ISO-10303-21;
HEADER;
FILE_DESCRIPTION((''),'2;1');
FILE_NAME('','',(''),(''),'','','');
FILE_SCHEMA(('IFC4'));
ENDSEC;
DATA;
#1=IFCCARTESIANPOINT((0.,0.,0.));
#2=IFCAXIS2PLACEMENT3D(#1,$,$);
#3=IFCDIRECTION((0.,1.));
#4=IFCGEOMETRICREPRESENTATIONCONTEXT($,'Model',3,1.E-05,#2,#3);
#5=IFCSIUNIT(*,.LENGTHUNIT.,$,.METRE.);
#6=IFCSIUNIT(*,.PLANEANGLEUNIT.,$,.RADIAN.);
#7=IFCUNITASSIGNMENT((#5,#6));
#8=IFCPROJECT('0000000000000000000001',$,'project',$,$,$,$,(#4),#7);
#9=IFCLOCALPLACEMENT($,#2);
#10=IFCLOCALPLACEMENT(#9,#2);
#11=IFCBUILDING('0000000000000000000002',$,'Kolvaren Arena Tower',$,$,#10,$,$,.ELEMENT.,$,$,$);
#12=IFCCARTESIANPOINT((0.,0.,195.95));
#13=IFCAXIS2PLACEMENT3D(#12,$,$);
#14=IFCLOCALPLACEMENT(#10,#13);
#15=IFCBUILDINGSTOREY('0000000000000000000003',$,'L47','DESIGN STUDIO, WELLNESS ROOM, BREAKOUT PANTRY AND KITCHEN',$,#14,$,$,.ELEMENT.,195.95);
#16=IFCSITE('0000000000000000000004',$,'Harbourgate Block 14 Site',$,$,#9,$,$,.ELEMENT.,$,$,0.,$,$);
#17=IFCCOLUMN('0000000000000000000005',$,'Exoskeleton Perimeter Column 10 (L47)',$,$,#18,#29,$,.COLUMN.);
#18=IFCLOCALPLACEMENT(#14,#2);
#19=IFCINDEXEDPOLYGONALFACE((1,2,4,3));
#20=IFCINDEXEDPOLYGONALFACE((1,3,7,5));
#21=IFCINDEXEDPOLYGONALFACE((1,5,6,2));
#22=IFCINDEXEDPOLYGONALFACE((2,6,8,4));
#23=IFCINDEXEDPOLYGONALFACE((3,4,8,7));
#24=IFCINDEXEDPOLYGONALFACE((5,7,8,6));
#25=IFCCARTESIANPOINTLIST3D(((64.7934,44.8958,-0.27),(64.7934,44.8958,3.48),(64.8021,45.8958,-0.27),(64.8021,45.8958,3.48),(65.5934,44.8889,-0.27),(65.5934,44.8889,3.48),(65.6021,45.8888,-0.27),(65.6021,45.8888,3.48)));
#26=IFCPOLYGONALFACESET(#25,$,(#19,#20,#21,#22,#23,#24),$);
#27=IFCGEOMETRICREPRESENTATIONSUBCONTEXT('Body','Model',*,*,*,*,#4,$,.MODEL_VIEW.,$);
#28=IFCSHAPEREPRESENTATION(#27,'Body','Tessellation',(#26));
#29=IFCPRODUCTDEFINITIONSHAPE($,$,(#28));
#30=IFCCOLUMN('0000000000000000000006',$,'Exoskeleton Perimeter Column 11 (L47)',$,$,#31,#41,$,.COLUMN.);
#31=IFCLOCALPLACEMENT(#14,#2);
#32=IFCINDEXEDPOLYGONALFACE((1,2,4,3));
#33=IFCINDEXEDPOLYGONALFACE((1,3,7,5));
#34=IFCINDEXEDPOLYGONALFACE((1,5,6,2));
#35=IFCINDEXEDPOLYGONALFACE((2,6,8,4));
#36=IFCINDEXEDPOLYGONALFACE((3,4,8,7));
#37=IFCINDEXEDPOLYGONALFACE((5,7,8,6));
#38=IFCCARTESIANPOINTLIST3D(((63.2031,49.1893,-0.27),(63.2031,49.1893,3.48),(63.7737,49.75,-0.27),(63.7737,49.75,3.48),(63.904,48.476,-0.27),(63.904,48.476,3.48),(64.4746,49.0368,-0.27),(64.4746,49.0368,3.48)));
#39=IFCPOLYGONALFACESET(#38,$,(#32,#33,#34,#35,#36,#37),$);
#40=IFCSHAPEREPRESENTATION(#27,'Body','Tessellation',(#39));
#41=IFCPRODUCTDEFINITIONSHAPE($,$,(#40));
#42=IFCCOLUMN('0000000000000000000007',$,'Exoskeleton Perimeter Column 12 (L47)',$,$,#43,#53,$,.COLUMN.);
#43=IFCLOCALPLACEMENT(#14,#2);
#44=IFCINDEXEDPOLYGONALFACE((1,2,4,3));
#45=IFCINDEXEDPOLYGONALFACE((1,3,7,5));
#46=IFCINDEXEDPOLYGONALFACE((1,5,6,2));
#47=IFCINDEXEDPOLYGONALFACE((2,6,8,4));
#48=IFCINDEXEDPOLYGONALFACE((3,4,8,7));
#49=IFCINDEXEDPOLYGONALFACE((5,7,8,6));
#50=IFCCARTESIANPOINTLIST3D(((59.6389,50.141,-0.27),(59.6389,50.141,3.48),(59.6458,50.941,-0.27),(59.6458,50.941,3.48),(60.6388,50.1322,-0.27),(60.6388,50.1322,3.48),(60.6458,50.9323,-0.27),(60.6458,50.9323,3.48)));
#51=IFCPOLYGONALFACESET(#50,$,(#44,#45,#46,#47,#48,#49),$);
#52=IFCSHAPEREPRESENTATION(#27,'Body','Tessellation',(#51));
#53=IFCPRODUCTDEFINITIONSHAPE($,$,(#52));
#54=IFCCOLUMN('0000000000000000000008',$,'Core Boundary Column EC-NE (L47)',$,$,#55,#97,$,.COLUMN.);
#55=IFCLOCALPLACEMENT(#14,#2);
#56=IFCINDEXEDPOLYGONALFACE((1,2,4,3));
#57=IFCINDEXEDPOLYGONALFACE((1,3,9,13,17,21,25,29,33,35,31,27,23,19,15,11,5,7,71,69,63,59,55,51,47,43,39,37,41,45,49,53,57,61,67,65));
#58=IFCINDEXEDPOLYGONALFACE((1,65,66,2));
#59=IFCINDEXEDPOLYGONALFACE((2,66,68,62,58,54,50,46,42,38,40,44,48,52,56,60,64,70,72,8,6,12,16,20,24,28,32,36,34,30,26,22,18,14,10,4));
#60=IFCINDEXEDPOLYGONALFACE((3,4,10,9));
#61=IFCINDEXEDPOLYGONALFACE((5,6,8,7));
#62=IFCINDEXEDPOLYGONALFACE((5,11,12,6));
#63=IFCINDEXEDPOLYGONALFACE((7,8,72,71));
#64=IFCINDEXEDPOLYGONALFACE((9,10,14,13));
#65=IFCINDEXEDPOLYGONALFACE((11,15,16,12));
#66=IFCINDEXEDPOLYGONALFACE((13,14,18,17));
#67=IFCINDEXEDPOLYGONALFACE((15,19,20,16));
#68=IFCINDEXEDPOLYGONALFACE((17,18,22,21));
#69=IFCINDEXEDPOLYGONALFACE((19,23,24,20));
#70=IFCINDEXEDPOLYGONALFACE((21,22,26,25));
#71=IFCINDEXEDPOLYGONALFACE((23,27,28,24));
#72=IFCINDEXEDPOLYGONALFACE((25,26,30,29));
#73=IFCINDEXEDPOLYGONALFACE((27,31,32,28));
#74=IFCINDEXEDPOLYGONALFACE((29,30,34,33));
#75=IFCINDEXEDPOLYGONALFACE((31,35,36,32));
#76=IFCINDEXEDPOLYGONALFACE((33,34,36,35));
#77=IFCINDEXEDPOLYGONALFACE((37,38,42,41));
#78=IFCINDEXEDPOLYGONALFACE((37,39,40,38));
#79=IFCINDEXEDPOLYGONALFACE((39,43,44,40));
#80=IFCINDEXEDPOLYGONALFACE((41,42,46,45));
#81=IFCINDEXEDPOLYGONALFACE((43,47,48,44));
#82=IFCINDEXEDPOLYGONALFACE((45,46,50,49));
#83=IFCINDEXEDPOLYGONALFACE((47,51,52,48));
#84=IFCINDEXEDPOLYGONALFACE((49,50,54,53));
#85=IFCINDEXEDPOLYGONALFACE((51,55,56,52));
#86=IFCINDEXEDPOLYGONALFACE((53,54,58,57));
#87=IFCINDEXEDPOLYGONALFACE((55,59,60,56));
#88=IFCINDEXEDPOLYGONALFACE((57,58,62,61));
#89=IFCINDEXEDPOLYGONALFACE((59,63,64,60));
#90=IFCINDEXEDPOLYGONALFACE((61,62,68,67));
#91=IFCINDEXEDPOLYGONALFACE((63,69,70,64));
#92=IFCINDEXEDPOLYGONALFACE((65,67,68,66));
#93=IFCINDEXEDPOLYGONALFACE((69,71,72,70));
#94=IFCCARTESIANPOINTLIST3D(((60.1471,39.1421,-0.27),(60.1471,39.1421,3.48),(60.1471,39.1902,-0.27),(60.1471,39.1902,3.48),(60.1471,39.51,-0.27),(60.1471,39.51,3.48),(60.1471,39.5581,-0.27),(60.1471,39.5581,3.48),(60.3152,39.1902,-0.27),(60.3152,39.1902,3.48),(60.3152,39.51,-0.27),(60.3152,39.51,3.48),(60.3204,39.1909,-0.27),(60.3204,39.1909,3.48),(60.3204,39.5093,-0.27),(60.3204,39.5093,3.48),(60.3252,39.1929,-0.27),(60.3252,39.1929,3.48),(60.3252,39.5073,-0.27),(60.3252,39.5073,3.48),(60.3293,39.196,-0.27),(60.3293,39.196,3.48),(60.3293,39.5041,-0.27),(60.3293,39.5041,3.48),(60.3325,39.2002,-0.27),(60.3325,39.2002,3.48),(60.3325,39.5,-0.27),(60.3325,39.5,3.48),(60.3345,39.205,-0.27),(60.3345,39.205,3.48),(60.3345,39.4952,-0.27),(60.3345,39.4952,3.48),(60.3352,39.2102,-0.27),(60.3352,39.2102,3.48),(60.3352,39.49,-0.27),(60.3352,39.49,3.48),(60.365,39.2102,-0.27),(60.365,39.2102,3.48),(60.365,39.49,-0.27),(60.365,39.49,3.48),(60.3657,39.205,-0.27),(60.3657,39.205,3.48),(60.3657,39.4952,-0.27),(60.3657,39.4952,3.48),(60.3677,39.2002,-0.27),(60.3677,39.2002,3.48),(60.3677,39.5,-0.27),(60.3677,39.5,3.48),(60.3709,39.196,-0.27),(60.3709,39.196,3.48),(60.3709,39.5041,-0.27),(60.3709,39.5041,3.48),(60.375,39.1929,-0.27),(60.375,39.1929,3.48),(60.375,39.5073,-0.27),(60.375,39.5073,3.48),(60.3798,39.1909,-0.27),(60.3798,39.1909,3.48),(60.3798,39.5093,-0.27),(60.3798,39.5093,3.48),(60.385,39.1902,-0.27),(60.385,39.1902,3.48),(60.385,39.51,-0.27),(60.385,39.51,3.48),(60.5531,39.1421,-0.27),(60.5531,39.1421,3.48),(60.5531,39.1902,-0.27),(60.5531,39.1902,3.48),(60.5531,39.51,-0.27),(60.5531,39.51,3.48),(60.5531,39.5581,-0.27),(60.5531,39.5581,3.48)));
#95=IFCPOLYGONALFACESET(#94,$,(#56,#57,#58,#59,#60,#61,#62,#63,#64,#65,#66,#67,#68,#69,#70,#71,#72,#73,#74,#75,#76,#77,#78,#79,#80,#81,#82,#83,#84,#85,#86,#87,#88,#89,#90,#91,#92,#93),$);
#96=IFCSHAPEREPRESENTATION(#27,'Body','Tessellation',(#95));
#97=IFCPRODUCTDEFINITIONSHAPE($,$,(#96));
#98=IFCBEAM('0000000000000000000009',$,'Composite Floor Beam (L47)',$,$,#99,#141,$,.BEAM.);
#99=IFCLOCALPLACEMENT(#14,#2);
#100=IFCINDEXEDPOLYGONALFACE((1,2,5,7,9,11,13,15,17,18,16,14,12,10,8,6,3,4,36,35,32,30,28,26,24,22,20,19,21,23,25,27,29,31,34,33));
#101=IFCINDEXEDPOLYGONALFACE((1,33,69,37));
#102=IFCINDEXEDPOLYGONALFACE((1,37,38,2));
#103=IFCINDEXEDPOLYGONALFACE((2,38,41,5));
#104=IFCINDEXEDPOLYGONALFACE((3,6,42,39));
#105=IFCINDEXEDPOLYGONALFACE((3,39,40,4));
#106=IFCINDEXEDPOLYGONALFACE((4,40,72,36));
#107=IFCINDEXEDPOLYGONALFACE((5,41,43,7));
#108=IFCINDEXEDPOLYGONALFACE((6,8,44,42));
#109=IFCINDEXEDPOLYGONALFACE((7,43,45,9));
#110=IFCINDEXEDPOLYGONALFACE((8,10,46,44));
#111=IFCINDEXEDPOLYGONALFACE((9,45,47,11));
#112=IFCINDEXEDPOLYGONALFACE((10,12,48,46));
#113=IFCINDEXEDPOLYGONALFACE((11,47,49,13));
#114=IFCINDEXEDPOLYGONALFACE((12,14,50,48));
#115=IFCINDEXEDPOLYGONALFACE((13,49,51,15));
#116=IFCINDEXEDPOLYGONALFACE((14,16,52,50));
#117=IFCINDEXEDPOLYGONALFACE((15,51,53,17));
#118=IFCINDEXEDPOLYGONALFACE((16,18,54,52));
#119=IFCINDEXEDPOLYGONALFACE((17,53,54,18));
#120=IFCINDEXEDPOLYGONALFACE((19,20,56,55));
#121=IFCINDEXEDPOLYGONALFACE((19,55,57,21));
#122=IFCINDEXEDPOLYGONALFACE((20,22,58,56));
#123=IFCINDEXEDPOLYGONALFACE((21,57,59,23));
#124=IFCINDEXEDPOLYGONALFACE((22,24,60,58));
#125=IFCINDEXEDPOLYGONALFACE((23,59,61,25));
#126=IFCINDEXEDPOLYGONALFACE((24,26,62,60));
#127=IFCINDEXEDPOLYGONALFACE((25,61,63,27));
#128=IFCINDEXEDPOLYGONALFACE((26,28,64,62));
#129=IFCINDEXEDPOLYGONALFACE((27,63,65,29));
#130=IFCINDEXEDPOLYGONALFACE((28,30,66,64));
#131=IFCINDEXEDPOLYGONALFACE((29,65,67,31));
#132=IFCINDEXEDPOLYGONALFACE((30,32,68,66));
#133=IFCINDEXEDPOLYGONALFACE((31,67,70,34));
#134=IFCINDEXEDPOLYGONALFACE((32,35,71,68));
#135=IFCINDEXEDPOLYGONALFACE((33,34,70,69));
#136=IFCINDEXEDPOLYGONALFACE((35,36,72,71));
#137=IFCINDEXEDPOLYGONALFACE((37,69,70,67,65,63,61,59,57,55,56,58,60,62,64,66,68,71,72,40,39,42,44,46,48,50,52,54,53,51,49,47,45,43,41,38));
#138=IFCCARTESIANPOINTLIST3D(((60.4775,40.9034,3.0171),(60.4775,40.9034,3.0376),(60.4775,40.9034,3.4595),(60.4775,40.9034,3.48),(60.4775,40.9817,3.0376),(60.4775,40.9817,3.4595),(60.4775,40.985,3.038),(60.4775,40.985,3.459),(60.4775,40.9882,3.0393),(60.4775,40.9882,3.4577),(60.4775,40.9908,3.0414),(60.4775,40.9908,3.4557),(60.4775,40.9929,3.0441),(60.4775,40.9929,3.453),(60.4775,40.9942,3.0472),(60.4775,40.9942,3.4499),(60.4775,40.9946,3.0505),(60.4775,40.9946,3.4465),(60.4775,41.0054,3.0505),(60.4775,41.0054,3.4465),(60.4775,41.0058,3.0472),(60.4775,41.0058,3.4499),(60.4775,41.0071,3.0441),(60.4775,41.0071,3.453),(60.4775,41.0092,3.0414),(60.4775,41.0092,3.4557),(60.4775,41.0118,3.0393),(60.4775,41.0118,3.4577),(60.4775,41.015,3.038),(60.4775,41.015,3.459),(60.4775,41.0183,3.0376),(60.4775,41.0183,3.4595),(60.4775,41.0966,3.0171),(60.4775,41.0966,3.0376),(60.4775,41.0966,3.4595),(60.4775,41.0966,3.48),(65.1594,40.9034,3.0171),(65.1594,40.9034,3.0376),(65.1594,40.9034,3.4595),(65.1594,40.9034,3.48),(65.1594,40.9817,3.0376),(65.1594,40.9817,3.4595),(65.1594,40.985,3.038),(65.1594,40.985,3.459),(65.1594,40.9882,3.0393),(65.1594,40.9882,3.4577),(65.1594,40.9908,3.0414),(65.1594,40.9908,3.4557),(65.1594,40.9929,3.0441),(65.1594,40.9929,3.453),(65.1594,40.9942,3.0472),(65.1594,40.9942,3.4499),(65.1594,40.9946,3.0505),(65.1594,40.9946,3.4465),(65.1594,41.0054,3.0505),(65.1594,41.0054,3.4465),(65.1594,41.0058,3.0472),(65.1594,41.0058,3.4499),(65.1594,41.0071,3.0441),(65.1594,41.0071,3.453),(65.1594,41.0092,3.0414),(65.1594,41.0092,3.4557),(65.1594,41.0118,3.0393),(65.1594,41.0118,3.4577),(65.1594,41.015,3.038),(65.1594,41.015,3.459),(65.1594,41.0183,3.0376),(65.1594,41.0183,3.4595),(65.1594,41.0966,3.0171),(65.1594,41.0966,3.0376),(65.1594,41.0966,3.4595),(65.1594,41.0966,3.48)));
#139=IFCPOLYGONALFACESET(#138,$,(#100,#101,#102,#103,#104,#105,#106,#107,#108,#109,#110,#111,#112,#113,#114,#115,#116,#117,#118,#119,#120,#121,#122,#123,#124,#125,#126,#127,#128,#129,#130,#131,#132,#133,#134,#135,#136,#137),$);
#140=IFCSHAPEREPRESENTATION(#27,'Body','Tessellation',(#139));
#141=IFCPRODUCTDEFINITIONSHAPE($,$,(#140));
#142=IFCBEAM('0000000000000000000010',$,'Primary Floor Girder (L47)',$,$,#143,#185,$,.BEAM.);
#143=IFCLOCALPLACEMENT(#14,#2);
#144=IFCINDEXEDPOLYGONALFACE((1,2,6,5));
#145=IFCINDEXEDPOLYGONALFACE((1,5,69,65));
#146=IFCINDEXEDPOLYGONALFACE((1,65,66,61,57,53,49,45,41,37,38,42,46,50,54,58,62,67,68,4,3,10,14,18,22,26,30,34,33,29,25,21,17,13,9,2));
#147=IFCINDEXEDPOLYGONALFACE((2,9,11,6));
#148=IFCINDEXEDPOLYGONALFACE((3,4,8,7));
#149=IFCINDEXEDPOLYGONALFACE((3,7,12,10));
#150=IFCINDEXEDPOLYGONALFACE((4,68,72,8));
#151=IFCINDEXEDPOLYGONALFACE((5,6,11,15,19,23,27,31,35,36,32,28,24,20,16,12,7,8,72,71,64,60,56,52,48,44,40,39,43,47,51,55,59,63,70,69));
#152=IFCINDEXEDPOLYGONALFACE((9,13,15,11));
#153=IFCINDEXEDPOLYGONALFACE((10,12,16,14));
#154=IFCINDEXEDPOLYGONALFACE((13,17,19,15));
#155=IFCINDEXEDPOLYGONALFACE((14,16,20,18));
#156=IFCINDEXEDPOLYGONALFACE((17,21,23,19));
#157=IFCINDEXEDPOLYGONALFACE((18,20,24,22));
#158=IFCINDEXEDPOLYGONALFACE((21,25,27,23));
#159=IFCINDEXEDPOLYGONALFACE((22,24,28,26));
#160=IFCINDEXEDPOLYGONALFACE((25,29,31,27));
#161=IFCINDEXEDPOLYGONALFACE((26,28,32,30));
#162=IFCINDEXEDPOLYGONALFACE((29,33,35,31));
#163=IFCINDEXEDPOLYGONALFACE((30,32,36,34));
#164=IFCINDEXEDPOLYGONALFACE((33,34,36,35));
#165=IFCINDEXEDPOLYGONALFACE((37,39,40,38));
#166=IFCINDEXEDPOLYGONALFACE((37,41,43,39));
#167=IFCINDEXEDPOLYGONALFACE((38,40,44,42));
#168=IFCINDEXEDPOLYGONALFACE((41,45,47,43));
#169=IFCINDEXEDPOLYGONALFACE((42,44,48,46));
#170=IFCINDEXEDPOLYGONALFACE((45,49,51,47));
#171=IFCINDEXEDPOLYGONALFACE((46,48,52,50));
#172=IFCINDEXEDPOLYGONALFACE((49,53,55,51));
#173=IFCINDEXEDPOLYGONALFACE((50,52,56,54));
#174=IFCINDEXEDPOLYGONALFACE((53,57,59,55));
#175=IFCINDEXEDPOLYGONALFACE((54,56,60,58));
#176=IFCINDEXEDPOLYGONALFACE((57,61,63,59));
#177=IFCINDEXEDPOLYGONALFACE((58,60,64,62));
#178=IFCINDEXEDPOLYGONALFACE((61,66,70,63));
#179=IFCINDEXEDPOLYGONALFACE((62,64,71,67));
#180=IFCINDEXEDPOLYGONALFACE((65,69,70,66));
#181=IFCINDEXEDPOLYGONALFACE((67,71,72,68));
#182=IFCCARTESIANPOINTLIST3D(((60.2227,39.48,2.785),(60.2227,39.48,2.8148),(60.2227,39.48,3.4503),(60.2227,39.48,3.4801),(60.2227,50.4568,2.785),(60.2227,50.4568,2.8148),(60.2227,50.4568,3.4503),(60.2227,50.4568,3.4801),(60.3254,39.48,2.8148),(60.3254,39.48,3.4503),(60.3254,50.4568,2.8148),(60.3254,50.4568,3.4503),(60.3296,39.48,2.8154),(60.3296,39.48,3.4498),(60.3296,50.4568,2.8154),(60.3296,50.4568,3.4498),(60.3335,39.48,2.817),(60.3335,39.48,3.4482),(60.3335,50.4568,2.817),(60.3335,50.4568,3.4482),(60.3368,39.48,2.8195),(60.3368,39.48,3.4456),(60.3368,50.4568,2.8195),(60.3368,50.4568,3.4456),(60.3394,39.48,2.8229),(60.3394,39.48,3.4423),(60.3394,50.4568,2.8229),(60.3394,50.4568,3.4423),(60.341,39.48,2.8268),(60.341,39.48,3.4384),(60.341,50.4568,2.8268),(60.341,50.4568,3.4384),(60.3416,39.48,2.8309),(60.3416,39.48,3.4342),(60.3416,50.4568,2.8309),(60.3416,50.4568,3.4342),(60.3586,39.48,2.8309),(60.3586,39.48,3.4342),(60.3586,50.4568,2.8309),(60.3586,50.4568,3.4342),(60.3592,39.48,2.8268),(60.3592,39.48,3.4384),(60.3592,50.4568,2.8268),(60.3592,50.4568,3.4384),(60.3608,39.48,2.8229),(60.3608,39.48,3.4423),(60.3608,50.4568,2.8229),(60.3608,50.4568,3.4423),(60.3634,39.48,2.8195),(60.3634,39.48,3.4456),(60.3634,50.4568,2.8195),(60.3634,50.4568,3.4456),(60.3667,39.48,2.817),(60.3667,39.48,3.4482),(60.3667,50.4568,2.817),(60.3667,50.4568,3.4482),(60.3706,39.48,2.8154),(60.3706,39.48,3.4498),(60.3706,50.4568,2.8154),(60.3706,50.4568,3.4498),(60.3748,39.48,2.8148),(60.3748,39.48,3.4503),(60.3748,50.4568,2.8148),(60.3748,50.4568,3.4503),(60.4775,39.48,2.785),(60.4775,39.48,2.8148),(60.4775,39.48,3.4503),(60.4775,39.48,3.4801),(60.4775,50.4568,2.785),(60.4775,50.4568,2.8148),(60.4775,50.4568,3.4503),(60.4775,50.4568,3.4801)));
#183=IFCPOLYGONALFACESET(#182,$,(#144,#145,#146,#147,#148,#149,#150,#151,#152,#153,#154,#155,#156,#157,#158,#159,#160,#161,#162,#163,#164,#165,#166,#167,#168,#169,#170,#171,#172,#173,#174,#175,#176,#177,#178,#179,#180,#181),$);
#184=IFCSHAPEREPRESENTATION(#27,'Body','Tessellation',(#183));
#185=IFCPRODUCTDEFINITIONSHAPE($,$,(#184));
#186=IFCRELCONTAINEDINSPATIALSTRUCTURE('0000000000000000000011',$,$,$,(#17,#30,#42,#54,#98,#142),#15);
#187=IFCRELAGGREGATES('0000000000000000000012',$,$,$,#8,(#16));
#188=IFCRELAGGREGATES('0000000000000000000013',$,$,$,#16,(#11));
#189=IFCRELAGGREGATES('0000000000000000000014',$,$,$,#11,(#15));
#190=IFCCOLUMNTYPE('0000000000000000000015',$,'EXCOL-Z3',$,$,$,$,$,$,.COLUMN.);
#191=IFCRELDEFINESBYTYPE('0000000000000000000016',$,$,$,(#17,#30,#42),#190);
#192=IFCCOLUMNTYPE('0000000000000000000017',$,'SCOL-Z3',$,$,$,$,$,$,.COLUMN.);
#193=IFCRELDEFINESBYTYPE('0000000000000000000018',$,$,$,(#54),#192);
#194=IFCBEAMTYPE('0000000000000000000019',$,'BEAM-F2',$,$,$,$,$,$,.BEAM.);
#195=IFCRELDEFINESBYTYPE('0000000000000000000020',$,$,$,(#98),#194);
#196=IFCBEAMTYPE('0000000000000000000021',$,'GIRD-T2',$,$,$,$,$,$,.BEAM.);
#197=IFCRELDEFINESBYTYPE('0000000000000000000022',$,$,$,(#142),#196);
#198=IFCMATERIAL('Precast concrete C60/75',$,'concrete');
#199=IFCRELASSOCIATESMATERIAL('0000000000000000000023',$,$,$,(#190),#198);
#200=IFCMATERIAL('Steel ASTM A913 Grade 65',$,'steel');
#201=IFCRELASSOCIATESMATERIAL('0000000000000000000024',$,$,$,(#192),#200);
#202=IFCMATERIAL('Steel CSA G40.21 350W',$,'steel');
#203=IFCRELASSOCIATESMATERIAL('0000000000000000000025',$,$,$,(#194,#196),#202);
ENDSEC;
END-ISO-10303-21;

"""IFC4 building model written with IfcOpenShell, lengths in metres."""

from ifc_helpers import new_model, si_unit, direction, frame, origin, origin_2d, place, context, subcontext, project, spatial, rectangle, i_section, extrude, material, material_profile, profile_set, type_object, element, save


model = new_model("IFC4")

# Units and contexts
model_context = context("Model", 3, precision=1e-05, world=origin(), true_north=direction((0.0, 1.0)))
body_context = subcontext(model_context, "Body", "Model", "MODEL_VIEW")
ifc_project = project(units=[si_unit("LENGTHUNIT", "METRE"), si_unit("PLANEANGLEUNIT", "RADIAN")], contexts=[model_context])

# Site, building, storey
site_placement = place(None, origin())
site = spatial("IfcSite", under=ifc_project, at=site_placement, Name="Harbourgate Block 14 Site", CompositionType="ELEMENT", RefElevation=0.0)
building_placement = place(site_placement, origin())
building = spatial("IfcBuilding", under=site, at=building_placement, Name="Kolvaren Arena Tower", CompositionType="ELEMENT")
storey_placement = place(building_placement, frame((0.0, 0.0, 195.95)))
storey = spatial("IfcBuildingStorey", under=building, at=storey_placement, Name="L47", Description="DESIGN STUDIO, WELLNESS ROOM, BREAKOUT PANTRY AND KITCHEN", CompositionType="ELEMENT", Elevation=195.95)

# Columns
ifc_material_1 = material(Name="Precast concrete C60/75", Category="concrete")
ifc_material_profile_1 = material_profile(ifc_material_1, rectangle(XDim=1.0, YDim=0.8, at=origin_2d()), Name="RC-1000x800")
ifc_profile_set_1 = profile_set([ifc_material_profile_1], Name="Precast concrete C60/75")
column_type_1 = type_object("IfcColumnType", Name="EXCOL-Z3", PredefinedType="COLUMN", material=ifc_profile_set_1)
for number, where, z_axis, x_axis, name in (
    (1, (65.1978, 45.3923, -0.27), (0.0, 0.0, 1.0), (0.008727, 0.999962, 0.0), "Exoskeleton Perimeter Column 10 (L47)"),
    (2, (63.8389, 49.113, -0.27), (0.0, 0.0, 1.0), (-0.700909, 0.71325, 0.0), "Exoskeleton Perimeter Column 11 (L47)"),
    (3, (60.1423, 50.5366, -0.27), (0.0, 0.0, 1.0), (0.999962, -0.008727, 0.0), "Exoskeleton Perimeter Column 12 (L47)"),
):
    element("IfcColumn", number, at=place(storey_placement, frame(where, z_axis=z_axis, x_axis=x_axis)), inside=storey, type_object=column_type_1, Name=name, PredefinedType="COLUMN", context=body_context, shape_type="SweptSolid", body=[
        extrude(rectangle(XDim=1.0, YDim=0.8, at=origin_2d()), origin(), (0.0, 0.0, 1.0), 3.75),
    ])
ifc_material_2 = material(Name="Steel ASTM A913 Grade 65", Category="steel")
ifc_material_profile_2 = material_profile(ifc_material_2, i_section(OverallWidth=0.406, OverallDepth=0.416, WebThickness=0.0298, FlangeThickness=0.0481, FilletRadius=0.02, at=origin_2d()), Name="W360x382")
ifc_profile_set_2 = profile_set([ifc_material_profile_2], Name="Steel ASTM A913 Grade 65")
column_type_2 = type_object("IfcColumnType", Name="SCOL-Z3", PredefinedType="COLUMN", material=ifc_profile_set_2)
column_placement = place(storey_placement, frame((60.3501, 39.3501, -0.27), z_axis=(0.0, 0.0, 1.0), x_axis=(1.0, 0.0, 0.0)))
element("IfcColumn", 4, at=column_placement, inside=storey, type_object=column_type_2, Name="Core Boundary Column EC-NE (L47)", PredefinedType="COLUMN", context=body_context, shape_type="SweptSolid", body=[
    extrude(i_section(OverallWidth=0.406, OverallDepth=0.416, WebThickness=0.0298, FlangeThickness=0.0481, FilletRadius=0.02, at=origin_2d()), origin(), (0.0, 0.0, 1.0), 3.75),
])

# Beams
ifc_material_3 = material(Name="Steel CSA G40.21 350W", Category="steel")
ifc_material_profile_3 = material_profile(ifc_material_3, i_section(OverallWidth=0.1931, OverallDepth=0.4629, WebThickness=0.0107, FlangeThickness=0.0205, FilletRadius=0.0129, at=origin_2d()), Name="W460x113")
ifc_profile_set_3 = profile_set([ifc_material_profile_3], Name="Steel CSA G40.21 350W")
beam_type_1 = type_object("IfcBeamType", Name="BEAM-F2", PredefinedType="BEAM", material=ifc_profile_set_3)
beam_1_placement = place(storey_placement, frame((60.4775, 41.0, 3.2485), z_axis=(1.0, 0.0, 0.0), x_axis=(0.0, 1.0, 0.0)))
element("IfcBeam", 5, at=beam_1_placement, inside=storey, type_object=beam_type_1, Name="Composite Floor Beam (L47)", PredefinedType="BEAM", context=body_context, shape_type="SweptSolid", body=[
    extrude(i_section(OverallWidth=0.1931, OverallDepth=0.4629, WebThickness=0.0107, FlangeThickness=0.0205, FilletRadius=0.0129, at=origin_2d()), origin(), (0.0, 0.0, 1.0), 4.6819),
])
ifc_material_profile_4 = material_profile(ifc_material_3, i_section(OverallWidth=0.2549, OverallDepth=0.6951, WebThickness=0.0171, FlangeThickness=0.0298, FilletRadius=0.0161, at=origin_2d()), Name="W690x217")
ifc_profile_set_4 = profile_set([ifc_material_profile_4], Name="Steel CSA G40.21 350W")
beam_type_2 = type_object("IfcBeamType", Name="GIRD-T2", PredefinedType="BEAM", material=ifc_profile_set_4)
beam_2_placement = place(storey_placement, frame((60.3501, 39.48, 3.1326), z_axis=(0.0, 1.0, 0.0), x_axis=(-1.0, 0.0, 0.0)))
element("IfcBeam", 6, at=beam_2_placement, inside=storey, type_object=beam_type_2, Name="Primary Floor Girder (L47)", PredefinedType="BEAM", context=body_context, shape_type="SweptSolid", body=[
    extrude(i_section(OverallWidth=0.2549, OverallDepth=0.6951, WebThickness=0.0171, FlangeThickness=0.0298, FilletRadius=0.0161, at=origin_2d()), origin(), (0.0, 0.0, 1.0), 10.9768),
])

save(model, "model.ifc")
